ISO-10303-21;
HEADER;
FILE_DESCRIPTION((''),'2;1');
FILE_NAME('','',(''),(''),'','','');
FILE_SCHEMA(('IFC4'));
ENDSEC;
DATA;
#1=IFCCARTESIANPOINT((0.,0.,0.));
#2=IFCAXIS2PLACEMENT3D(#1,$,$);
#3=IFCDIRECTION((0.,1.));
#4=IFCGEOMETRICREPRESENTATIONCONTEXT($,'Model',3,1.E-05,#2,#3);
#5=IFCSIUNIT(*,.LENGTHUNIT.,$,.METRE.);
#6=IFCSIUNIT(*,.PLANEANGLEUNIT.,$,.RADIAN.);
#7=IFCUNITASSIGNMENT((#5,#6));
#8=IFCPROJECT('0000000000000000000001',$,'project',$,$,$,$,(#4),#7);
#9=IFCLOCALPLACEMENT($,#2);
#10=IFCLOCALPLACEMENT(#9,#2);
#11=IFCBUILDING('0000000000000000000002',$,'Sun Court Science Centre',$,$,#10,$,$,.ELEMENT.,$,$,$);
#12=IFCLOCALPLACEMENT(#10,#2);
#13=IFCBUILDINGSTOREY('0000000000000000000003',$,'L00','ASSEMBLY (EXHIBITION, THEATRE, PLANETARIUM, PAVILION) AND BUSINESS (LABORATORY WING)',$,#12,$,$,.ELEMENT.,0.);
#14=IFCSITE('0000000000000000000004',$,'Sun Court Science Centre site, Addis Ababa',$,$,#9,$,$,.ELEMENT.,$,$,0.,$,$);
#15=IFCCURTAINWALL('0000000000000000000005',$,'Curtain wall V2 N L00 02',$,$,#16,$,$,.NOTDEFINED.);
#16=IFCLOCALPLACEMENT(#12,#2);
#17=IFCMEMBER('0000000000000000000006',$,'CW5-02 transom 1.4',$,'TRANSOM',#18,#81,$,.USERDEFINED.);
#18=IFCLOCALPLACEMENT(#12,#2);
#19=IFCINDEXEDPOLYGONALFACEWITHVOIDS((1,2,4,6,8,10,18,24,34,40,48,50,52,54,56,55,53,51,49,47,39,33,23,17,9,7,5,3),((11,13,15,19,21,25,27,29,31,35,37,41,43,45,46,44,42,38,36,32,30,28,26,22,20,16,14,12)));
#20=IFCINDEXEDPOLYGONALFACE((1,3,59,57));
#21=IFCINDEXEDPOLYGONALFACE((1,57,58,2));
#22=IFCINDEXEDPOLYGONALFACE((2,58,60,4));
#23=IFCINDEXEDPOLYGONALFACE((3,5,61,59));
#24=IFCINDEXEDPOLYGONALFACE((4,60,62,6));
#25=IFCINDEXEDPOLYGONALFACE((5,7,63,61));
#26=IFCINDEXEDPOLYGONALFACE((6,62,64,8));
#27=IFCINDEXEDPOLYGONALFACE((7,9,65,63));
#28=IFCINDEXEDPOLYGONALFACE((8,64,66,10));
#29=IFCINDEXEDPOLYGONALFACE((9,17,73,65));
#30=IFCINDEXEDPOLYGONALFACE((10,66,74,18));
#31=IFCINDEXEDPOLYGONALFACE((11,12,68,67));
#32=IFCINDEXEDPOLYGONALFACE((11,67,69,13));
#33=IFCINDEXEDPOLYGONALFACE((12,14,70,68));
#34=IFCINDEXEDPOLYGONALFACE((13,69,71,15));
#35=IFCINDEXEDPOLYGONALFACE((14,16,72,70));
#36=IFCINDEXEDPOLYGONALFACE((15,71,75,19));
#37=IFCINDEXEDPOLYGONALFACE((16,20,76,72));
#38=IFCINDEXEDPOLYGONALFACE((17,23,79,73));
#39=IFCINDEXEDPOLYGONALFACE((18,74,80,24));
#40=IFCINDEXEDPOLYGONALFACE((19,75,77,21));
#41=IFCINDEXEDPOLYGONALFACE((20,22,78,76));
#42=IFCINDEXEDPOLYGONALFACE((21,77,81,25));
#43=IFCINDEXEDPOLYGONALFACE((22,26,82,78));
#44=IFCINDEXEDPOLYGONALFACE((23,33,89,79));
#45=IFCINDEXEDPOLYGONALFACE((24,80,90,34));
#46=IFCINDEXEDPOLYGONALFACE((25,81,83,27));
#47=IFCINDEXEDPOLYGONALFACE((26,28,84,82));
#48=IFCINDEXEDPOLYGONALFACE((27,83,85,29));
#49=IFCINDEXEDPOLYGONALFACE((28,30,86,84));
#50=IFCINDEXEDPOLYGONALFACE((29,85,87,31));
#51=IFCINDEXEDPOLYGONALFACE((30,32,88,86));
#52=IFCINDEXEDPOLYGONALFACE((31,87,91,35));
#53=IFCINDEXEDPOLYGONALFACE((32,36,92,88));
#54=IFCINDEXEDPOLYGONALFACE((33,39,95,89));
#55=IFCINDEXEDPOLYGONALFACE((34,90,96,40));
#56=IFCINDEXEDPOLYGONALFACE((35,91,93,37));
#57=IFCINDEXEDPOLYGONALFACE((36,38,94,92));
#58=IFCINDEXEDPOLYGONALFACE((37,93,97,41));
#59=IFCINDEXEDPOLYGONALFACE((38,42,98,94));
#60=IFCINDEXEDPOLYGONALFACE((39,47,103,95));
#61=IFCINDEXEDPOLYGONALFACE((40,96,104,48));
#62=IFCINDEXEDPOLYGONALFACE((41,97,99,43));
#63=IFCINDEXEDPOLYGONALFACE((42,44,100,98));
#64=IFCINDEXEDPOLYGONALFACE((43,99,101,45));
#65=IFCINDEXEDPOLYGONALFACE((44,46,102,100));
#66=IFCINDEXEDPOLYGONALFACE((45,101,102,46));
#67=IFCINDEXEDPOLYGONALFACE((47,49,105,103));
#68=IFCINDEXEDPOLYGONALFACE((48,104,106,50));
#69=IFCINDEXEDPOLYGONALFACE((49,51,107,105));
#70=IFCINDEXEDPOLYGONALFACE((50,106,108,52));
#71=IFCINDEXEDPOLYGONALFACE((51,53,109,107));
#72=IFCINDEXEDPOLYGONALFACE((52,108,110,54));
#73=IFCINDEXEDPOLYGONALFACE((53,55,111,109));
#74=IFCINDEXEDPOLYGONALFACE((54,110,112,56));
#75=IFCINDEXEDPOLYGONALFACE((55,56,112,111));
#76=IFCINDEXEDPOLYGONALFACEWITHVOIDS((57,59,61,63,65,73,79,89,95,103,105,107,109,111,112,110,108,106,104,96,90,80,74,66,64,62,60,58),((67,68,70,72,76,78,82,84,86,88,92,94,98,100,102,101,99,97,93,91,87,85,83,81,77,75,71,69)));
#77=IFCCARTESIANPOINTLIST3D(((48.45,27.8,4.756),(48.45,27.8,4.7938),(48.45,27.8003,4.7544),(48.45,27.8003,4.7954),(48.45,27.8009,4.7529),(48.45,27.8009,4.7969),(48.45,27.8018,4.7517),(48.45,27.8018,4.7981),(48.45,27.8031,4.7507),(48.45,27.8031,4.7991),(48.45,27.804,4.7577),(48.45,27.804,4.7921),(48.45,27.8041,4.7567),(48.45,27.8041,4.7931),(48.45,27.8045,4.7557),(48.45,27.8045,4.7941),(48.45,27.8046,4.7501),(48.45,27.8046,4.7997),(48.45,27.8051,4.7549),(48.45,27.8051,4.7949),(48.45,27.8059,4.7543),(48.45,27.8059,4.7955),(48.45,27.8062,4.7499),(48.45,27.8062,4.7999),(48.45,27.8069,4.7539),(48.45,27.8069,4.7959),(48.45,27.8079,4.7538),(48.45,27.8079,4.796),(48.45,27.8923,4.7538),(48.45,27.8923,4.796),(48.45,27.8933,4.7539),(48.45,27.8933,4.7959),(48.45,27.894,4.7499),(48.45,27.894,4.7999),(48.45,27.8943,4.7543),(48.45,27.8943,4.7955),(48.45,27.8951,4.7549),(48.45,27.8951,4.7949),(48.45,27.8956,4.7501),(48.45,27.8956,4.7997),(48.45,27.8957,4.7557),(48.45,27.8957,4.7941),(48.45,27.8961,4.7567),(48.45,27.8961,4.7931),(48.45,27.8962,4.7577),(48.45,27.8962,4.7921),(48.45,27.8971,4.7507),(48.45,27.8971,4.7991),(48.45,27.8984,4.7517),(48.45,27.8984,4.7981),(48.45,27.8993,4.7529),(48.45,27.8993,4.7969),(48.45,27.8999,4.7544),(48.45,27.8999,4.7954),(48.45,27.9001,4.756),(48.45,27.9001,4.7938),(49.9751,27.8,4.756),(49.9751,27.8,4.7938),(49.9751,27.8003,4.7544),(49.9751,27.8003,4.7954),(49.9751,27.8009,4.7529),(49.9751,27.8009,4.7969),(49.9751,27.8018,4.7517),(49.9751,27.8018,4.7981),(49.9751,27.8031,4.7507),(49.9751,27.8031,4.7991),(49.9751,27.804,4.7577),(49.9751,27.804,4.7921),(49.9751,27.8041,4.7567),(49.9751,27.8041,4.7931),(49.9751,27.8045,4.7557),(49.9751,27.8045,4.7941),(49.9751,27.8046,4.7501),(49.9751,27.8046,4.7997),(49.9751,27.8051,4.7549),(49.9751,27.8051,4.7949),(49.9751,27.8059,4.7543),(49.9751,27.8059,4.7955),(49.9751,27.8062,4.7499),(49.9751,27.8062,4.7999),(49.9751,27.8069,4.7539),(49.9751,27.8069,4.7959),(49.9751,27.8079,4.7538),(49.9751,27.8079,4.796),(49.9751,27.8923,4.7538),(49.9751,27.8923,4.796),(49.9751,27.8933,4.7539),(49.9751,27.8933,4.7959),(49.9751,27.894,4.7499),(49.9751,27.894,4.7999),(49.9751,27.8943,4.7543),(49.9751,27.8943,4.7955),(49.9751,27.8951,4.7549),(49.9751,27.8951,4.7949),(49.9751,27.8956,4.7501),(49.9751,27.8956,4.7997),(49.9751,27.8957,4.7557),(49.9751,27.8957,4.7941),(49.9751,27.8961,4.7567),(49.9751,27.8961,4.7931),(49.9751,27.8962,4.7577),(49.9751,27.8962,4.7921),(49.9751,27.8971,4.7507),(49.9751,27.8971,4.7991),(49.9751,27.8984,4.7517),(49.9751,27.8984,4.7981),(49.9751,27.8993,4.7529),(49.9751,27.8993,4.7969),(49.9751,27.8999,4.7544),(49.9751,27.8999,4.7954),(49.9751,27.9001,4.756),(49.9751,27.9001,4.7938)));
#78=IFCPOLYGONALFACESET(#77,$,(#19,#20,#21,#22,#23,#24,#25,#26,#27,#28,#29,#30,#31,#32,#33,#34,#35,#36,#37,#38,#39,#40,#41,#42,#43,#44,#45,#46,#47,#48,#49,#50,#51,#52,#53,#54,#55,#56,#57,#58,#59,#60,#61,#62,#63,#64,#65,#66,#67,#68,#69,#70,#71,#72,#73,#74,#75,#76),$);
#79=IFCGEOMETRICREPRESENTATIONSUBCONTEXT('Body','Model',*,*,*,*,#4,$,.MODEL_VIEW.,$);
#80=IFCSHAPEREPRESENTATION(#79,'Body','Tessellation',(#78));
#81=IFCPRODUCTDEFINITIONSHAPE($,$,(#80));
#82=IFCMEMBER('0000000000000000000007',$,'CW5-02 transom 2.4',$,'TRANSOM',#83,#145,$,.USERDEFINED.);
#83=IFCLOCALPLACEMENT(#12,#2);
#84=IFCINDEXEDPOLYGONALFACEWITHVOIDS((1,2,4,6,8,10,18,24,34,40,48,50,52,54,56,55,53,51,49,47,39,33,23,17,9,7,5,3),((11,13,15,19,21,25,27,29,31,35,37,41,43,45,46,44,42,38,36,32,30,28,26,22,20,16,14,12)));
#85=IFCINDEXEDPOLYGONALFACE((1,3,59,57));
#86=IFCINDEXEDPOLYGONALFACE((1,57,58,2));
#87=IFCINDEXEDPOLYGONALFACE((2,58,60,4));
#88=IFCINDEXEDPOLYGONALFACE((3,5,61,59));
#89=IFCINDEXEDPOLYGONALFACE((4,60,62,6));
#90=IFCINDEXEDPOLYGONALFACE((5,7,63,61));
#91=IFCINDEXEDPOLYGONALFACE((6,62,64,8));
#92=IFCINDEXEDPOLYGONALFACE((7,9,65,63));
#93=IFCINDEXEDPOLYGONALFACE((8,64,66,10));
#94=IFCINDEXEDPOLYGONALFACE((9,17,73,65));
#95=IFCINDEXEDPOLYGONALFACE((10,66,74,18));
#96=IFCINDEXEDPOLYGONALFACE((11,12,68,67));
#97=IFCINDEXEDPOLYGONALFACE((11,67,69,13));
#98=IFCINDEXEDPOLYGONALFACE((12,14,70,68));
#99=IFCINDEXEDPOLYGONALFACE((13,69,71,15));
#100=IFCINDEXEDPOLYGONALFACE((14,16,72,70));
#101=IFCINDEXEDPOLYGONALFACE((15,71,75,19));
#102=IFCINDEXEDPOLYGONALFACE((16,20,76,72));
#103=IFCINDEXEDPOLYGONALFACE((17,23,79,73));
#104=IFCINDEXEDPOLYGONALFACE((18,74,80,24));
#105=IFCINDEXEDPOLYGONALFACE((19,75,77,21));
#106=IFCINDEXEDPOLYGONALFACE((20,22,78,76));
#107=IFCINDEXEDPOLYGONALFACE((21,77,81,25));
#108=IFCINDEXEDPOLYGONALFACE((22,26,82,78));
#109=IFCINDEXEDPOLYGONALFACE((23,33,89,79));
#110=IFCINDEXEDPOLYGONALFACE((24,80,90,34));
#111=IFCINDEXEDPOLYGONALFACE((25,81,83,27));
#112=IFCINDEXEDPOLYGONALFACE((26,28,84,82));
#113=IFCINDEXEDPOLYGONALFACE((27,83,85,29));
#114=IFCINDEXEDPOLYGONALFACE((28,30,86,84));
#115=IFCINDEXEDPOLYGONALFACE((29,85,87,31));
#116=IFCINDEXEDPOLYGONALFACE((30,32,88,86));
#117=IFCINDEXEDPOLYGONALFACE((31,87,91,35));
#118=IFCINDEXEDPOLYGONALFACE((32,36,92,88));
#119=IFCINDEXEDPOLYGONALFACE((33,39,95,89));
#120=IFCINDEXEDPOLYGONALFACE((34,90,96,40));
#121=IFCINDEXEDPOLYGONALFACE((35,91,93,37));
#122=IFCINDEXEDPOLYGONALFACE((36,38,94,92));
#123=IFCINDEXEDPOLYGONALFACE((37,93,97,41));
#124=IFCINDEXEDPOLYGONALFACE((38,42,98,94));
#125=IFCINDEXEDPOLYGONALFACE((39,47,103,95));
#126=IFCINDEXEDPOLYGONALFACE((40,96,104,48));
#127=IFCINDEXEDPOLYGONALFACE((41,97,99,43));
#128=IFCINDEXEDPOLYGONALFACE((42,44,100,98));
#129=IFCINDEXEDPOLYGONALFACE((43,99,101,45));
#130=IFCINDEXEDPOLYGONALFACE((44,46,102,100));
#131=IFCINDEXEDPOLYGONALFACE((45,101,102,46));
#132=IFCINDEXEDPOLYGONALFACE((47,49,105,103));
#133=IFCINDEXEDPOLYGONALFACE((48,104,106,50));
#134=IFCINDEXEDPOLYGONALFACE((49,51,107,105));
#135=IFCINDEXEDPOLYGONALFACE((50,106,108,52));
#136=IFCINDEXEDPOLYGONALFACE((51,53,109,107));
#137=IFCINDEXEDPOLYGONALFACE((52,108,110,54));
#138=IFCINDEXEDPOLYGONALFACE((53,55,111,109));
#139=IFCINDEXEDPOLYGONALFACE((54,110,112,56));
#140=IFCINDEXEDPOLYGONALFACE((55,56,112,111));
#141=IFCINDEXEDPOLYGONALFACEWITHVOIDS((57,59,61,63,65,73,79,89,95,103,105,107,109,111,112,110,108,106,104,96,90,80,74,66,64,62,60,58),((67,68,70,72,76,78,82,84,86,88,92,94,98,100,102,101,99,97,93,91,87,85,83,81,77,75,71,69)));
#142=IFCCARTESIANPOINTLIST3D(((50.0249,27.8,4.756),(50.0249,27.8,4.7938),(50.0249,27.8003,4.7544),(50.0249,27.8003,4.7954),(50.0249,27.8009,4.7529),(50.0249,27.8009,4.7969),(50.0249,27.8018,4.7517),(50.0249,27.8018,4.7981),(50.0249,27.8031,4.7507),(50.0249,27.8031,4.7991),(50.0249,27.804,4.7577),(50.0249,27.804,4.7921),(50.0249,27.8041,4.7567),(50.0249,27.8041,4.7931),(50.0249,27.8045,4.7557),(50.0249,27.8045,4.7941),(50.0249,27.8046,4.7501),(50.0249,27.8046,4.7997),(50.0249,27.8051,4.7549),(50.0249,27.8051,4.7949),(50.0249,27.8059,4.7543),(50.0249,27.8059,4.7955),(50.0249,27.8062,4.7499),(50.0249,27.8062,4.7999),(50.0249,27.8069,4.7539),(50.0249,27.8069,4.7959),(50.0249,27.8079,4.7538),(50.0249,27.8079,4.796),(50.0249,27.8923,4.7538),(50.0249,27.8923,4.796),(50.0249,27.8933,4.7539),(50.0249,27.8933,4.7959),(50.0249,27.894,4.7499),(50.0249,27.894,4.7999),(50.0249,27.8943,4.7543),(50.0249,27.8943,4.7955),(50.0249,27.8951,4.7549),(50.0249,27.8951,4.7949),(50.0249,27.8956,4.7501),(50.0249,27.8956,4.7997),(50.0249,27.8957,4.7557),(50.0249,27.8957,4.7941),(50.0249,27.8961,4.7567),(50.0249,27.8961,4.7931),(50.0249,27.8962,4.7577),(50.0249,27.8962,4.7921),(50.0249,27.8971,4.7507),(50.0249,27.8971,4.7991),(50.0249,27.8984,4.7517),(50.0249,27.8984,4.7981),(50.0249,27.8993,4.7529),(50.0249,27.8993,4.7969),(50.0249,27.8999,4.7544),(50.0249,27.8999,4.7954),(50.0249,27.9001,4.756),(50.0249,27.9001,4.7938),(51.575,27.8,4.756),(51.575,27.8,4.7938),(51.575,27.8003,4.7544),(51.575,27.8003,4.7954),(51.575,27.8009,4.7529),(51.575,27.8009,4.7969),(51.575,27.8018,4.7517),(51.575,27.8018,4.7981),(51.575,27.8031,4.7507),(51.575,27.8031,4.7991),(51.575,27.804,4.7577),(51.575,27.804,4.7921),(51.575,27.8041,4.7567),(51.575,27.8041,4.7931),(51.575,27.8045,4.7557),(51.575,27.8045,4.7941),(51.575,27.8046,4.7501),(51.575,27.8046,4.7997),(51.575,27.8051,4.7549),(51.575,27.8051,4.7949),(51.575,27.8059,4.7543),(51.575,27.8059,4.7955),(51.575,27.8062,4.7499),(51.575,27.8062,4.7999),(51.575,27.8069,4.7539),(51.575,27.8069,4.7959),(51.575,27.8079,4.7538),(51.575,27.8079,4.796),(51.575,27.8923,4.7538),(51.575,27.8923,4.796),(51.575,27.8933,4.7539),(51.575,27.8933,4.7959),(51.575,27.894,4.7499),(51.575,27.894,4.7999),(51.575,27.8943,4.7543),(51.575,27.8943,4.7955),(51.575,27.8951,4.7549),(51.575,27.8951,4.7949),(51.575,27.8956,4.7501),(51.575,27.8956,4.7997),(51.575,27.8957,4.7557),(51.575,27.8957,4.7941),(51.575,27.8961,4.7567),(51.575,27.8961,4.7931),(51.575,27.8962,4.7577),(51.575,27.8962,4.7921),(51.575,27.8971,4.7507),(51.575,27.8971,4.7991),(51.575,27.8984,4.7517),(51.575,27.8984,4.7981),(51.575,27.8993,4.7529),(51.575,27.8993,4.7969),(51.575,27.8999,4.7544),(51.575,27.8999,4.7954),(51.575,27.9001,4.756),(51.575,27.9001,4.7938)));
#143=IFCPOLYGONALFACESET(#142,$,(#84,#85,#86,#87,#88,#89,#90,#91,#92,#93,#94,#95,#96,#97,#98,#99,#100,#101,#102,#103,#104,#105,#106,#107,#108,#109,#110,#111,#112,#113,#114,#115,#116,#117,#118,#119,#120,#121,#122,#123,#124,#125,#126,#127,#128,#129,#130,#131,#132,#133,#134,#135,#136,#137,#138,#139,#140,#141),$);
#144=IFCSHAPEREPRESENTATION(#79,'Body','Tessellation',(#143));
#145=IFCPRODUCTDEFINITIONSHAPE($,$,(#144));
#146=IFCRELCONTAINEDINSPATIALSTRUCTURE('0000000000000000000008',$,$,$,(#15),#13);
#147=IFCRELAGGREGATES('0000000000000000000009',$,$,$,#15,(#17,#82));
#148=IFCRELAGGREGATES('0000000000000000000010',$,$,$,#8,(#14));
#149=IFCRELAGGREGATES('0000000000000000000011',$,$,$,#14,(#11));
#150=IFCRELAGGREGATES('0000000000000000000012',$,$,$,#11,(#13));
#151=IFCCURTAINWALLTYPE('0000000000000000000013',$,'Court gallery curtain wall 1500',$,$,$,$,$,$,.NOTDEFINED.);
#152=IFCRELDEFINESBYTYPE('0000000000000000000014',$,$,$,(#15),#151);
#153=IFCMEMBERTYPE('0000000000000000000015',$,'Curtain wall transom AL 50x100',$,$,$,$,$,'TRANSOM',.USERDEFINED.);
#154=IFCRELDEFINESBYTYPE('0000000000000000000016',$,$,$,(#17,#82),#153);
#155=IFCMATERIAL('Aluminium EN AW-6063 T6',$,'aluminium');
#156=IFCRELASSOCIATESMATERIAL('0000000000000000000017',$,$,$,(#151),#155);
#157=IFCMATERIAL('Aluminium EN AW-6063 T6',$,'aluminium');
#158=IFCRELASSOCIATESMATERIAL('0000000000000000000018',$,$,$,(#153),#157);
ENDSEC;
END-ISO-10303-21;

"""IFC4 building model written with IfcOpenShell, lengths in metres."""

from ifc_helpers import new_model, si_unit, direction, frame, origin, origin_2d, place, context, subcontext, project, spatial, hollow_rectangle, extrude, material, material_profile, profile_set, type_object, element, aggregate, save


model = new_model("IFC4")

# Units and contexts
model_context = context("Model", 3, precision=1e-05, world=origin(), true_north=direction((0.0, 1.0)))
body_context = subcontext(model_context, "Body", "Model", "MODEL_VIEW")
ifc_project = project(units=[si_unit("LENGTHUNIT", "METRE"), si_unit("PLANEANGLEUNIT", "RADIAN")], contexts=[model_context])

# Site, building, storey
site_placement = place(None, origin())
site = spatial("IfcSite", under=ifc_project, at=site_placement, Name="Sun Court Science Centre site, Addis Ababa", CompositionType="ELEMENT", RefElevation=0.0)
building_placement = place(site_placement, origin())
building = spatial("IfcBuilding", under=site, at=building_placement, Name="Sun Court Science Centre", CompositionType="ELEMENT")
storey_placement = place(building_placement, origin())
storey = spatial("IfcBuildingStorey", under=building, at=storey_placement, Name="L00", Description="ASSEMBLY (EXHIBITION, THEATRE, PLANETARIUM, PAVILION) AND BUSINESS (LABORATORY WING)", CompositionType="ELEMENT", Elevation=0.0)

# Curtain wall, members
ifc_material_1 = material(Name="Aluminium EN AW-6063 T6", Category="aluminium")
curtain_wall_type = type_object("IfcCurtainWallType", Name="Court gallery curtain wall 1500", PredefinedType="NOTDEFINED", material=ifc_material_1)
curtain_wall_placement = place(storey_placement, origin())
curtain_wall = element("IfcCurtainWall", 1, at=curtain_wall_placement, inside=storey, type_object=curtain_wall_type, Name="Curtain wall V2 N L00 02", PredefinedType="NOTDEFINED")
ifc_material_2 = material(Name="Aluminium EN AW-6063 T6", Category="aluminium")
ifc_material_profile_1 = material_profile(ifc_material_2, hollow_rectangle(XDim=0.05, YDim=0.1001, WallThickness=0.0039, InnerFilletRadius=0.0039, OuterFilletRadius=0.0061, at=origin_2d()), Name="AL 50x100x4")
ifc_profile_set_1 = profile_set([ifc_material_profile_1], Name="Aluminium EN AW-6063 T6")
member_type_1 = type_object("IfcMemberType", Name="Curtain wall transom AL 50x100", ElementType="TRANSOM", PredefinedType="USERDEFINED", material=ifc_profile_set_1)
member_1_placement = place(storey_placement, frame((48.45, 27.8501, 4.7749), z_axis=(1.0, 0.0, 0.0), x_axis=(0.0, 0.0, 1.0)))
member_1 = element("IfcMember", 2, at=member_1_placement, type_object=member_type_1, Name="CW5-02 transom 1.4", ObjectType="TRANSOM", PredefinedType="USERDEFINED", context=body_context, shape_type="SweptSolid", body=[
    extrude(hollow_rectangle(XDim=0.05, YDim=0.1001, WallThickness=0.0039, InnerFilletRadius=0.0039, OuterFilletRadius=0.0061, at=origin_2d()), origin(), (0.0, 0.0, 1.0), 1.5251),
])
member_2_placement = place(storey_placement, frame((50.0249, 27.8501, 4.7749), z_axis=(1.0, 0.0, 0.0), x_axis=(0.0, 0.0, 1.0)))
member_2 = element("IfcMember", 3, at=member_2_placement, type_object=member_type_1, Name="CW5-02 transom 2.4", ObjectType="TRANSOM", PredefinedType="USERDEFINED", context=body_context, shape_type="SweptSolid", body=[
    extrude(hollow_rectangle(XDim=0.05, YDim=0.1001, WallThickness=0.0039, InnerFilletRadius=0.0039, OuterFilletRadius=0.0061, at=origin_2d()), origin(), (0.0, 0.0, 1.0), 1.55),
])
aggregate(curtain_wall, [member_1, member_2])

save(model, "model.ifc")
